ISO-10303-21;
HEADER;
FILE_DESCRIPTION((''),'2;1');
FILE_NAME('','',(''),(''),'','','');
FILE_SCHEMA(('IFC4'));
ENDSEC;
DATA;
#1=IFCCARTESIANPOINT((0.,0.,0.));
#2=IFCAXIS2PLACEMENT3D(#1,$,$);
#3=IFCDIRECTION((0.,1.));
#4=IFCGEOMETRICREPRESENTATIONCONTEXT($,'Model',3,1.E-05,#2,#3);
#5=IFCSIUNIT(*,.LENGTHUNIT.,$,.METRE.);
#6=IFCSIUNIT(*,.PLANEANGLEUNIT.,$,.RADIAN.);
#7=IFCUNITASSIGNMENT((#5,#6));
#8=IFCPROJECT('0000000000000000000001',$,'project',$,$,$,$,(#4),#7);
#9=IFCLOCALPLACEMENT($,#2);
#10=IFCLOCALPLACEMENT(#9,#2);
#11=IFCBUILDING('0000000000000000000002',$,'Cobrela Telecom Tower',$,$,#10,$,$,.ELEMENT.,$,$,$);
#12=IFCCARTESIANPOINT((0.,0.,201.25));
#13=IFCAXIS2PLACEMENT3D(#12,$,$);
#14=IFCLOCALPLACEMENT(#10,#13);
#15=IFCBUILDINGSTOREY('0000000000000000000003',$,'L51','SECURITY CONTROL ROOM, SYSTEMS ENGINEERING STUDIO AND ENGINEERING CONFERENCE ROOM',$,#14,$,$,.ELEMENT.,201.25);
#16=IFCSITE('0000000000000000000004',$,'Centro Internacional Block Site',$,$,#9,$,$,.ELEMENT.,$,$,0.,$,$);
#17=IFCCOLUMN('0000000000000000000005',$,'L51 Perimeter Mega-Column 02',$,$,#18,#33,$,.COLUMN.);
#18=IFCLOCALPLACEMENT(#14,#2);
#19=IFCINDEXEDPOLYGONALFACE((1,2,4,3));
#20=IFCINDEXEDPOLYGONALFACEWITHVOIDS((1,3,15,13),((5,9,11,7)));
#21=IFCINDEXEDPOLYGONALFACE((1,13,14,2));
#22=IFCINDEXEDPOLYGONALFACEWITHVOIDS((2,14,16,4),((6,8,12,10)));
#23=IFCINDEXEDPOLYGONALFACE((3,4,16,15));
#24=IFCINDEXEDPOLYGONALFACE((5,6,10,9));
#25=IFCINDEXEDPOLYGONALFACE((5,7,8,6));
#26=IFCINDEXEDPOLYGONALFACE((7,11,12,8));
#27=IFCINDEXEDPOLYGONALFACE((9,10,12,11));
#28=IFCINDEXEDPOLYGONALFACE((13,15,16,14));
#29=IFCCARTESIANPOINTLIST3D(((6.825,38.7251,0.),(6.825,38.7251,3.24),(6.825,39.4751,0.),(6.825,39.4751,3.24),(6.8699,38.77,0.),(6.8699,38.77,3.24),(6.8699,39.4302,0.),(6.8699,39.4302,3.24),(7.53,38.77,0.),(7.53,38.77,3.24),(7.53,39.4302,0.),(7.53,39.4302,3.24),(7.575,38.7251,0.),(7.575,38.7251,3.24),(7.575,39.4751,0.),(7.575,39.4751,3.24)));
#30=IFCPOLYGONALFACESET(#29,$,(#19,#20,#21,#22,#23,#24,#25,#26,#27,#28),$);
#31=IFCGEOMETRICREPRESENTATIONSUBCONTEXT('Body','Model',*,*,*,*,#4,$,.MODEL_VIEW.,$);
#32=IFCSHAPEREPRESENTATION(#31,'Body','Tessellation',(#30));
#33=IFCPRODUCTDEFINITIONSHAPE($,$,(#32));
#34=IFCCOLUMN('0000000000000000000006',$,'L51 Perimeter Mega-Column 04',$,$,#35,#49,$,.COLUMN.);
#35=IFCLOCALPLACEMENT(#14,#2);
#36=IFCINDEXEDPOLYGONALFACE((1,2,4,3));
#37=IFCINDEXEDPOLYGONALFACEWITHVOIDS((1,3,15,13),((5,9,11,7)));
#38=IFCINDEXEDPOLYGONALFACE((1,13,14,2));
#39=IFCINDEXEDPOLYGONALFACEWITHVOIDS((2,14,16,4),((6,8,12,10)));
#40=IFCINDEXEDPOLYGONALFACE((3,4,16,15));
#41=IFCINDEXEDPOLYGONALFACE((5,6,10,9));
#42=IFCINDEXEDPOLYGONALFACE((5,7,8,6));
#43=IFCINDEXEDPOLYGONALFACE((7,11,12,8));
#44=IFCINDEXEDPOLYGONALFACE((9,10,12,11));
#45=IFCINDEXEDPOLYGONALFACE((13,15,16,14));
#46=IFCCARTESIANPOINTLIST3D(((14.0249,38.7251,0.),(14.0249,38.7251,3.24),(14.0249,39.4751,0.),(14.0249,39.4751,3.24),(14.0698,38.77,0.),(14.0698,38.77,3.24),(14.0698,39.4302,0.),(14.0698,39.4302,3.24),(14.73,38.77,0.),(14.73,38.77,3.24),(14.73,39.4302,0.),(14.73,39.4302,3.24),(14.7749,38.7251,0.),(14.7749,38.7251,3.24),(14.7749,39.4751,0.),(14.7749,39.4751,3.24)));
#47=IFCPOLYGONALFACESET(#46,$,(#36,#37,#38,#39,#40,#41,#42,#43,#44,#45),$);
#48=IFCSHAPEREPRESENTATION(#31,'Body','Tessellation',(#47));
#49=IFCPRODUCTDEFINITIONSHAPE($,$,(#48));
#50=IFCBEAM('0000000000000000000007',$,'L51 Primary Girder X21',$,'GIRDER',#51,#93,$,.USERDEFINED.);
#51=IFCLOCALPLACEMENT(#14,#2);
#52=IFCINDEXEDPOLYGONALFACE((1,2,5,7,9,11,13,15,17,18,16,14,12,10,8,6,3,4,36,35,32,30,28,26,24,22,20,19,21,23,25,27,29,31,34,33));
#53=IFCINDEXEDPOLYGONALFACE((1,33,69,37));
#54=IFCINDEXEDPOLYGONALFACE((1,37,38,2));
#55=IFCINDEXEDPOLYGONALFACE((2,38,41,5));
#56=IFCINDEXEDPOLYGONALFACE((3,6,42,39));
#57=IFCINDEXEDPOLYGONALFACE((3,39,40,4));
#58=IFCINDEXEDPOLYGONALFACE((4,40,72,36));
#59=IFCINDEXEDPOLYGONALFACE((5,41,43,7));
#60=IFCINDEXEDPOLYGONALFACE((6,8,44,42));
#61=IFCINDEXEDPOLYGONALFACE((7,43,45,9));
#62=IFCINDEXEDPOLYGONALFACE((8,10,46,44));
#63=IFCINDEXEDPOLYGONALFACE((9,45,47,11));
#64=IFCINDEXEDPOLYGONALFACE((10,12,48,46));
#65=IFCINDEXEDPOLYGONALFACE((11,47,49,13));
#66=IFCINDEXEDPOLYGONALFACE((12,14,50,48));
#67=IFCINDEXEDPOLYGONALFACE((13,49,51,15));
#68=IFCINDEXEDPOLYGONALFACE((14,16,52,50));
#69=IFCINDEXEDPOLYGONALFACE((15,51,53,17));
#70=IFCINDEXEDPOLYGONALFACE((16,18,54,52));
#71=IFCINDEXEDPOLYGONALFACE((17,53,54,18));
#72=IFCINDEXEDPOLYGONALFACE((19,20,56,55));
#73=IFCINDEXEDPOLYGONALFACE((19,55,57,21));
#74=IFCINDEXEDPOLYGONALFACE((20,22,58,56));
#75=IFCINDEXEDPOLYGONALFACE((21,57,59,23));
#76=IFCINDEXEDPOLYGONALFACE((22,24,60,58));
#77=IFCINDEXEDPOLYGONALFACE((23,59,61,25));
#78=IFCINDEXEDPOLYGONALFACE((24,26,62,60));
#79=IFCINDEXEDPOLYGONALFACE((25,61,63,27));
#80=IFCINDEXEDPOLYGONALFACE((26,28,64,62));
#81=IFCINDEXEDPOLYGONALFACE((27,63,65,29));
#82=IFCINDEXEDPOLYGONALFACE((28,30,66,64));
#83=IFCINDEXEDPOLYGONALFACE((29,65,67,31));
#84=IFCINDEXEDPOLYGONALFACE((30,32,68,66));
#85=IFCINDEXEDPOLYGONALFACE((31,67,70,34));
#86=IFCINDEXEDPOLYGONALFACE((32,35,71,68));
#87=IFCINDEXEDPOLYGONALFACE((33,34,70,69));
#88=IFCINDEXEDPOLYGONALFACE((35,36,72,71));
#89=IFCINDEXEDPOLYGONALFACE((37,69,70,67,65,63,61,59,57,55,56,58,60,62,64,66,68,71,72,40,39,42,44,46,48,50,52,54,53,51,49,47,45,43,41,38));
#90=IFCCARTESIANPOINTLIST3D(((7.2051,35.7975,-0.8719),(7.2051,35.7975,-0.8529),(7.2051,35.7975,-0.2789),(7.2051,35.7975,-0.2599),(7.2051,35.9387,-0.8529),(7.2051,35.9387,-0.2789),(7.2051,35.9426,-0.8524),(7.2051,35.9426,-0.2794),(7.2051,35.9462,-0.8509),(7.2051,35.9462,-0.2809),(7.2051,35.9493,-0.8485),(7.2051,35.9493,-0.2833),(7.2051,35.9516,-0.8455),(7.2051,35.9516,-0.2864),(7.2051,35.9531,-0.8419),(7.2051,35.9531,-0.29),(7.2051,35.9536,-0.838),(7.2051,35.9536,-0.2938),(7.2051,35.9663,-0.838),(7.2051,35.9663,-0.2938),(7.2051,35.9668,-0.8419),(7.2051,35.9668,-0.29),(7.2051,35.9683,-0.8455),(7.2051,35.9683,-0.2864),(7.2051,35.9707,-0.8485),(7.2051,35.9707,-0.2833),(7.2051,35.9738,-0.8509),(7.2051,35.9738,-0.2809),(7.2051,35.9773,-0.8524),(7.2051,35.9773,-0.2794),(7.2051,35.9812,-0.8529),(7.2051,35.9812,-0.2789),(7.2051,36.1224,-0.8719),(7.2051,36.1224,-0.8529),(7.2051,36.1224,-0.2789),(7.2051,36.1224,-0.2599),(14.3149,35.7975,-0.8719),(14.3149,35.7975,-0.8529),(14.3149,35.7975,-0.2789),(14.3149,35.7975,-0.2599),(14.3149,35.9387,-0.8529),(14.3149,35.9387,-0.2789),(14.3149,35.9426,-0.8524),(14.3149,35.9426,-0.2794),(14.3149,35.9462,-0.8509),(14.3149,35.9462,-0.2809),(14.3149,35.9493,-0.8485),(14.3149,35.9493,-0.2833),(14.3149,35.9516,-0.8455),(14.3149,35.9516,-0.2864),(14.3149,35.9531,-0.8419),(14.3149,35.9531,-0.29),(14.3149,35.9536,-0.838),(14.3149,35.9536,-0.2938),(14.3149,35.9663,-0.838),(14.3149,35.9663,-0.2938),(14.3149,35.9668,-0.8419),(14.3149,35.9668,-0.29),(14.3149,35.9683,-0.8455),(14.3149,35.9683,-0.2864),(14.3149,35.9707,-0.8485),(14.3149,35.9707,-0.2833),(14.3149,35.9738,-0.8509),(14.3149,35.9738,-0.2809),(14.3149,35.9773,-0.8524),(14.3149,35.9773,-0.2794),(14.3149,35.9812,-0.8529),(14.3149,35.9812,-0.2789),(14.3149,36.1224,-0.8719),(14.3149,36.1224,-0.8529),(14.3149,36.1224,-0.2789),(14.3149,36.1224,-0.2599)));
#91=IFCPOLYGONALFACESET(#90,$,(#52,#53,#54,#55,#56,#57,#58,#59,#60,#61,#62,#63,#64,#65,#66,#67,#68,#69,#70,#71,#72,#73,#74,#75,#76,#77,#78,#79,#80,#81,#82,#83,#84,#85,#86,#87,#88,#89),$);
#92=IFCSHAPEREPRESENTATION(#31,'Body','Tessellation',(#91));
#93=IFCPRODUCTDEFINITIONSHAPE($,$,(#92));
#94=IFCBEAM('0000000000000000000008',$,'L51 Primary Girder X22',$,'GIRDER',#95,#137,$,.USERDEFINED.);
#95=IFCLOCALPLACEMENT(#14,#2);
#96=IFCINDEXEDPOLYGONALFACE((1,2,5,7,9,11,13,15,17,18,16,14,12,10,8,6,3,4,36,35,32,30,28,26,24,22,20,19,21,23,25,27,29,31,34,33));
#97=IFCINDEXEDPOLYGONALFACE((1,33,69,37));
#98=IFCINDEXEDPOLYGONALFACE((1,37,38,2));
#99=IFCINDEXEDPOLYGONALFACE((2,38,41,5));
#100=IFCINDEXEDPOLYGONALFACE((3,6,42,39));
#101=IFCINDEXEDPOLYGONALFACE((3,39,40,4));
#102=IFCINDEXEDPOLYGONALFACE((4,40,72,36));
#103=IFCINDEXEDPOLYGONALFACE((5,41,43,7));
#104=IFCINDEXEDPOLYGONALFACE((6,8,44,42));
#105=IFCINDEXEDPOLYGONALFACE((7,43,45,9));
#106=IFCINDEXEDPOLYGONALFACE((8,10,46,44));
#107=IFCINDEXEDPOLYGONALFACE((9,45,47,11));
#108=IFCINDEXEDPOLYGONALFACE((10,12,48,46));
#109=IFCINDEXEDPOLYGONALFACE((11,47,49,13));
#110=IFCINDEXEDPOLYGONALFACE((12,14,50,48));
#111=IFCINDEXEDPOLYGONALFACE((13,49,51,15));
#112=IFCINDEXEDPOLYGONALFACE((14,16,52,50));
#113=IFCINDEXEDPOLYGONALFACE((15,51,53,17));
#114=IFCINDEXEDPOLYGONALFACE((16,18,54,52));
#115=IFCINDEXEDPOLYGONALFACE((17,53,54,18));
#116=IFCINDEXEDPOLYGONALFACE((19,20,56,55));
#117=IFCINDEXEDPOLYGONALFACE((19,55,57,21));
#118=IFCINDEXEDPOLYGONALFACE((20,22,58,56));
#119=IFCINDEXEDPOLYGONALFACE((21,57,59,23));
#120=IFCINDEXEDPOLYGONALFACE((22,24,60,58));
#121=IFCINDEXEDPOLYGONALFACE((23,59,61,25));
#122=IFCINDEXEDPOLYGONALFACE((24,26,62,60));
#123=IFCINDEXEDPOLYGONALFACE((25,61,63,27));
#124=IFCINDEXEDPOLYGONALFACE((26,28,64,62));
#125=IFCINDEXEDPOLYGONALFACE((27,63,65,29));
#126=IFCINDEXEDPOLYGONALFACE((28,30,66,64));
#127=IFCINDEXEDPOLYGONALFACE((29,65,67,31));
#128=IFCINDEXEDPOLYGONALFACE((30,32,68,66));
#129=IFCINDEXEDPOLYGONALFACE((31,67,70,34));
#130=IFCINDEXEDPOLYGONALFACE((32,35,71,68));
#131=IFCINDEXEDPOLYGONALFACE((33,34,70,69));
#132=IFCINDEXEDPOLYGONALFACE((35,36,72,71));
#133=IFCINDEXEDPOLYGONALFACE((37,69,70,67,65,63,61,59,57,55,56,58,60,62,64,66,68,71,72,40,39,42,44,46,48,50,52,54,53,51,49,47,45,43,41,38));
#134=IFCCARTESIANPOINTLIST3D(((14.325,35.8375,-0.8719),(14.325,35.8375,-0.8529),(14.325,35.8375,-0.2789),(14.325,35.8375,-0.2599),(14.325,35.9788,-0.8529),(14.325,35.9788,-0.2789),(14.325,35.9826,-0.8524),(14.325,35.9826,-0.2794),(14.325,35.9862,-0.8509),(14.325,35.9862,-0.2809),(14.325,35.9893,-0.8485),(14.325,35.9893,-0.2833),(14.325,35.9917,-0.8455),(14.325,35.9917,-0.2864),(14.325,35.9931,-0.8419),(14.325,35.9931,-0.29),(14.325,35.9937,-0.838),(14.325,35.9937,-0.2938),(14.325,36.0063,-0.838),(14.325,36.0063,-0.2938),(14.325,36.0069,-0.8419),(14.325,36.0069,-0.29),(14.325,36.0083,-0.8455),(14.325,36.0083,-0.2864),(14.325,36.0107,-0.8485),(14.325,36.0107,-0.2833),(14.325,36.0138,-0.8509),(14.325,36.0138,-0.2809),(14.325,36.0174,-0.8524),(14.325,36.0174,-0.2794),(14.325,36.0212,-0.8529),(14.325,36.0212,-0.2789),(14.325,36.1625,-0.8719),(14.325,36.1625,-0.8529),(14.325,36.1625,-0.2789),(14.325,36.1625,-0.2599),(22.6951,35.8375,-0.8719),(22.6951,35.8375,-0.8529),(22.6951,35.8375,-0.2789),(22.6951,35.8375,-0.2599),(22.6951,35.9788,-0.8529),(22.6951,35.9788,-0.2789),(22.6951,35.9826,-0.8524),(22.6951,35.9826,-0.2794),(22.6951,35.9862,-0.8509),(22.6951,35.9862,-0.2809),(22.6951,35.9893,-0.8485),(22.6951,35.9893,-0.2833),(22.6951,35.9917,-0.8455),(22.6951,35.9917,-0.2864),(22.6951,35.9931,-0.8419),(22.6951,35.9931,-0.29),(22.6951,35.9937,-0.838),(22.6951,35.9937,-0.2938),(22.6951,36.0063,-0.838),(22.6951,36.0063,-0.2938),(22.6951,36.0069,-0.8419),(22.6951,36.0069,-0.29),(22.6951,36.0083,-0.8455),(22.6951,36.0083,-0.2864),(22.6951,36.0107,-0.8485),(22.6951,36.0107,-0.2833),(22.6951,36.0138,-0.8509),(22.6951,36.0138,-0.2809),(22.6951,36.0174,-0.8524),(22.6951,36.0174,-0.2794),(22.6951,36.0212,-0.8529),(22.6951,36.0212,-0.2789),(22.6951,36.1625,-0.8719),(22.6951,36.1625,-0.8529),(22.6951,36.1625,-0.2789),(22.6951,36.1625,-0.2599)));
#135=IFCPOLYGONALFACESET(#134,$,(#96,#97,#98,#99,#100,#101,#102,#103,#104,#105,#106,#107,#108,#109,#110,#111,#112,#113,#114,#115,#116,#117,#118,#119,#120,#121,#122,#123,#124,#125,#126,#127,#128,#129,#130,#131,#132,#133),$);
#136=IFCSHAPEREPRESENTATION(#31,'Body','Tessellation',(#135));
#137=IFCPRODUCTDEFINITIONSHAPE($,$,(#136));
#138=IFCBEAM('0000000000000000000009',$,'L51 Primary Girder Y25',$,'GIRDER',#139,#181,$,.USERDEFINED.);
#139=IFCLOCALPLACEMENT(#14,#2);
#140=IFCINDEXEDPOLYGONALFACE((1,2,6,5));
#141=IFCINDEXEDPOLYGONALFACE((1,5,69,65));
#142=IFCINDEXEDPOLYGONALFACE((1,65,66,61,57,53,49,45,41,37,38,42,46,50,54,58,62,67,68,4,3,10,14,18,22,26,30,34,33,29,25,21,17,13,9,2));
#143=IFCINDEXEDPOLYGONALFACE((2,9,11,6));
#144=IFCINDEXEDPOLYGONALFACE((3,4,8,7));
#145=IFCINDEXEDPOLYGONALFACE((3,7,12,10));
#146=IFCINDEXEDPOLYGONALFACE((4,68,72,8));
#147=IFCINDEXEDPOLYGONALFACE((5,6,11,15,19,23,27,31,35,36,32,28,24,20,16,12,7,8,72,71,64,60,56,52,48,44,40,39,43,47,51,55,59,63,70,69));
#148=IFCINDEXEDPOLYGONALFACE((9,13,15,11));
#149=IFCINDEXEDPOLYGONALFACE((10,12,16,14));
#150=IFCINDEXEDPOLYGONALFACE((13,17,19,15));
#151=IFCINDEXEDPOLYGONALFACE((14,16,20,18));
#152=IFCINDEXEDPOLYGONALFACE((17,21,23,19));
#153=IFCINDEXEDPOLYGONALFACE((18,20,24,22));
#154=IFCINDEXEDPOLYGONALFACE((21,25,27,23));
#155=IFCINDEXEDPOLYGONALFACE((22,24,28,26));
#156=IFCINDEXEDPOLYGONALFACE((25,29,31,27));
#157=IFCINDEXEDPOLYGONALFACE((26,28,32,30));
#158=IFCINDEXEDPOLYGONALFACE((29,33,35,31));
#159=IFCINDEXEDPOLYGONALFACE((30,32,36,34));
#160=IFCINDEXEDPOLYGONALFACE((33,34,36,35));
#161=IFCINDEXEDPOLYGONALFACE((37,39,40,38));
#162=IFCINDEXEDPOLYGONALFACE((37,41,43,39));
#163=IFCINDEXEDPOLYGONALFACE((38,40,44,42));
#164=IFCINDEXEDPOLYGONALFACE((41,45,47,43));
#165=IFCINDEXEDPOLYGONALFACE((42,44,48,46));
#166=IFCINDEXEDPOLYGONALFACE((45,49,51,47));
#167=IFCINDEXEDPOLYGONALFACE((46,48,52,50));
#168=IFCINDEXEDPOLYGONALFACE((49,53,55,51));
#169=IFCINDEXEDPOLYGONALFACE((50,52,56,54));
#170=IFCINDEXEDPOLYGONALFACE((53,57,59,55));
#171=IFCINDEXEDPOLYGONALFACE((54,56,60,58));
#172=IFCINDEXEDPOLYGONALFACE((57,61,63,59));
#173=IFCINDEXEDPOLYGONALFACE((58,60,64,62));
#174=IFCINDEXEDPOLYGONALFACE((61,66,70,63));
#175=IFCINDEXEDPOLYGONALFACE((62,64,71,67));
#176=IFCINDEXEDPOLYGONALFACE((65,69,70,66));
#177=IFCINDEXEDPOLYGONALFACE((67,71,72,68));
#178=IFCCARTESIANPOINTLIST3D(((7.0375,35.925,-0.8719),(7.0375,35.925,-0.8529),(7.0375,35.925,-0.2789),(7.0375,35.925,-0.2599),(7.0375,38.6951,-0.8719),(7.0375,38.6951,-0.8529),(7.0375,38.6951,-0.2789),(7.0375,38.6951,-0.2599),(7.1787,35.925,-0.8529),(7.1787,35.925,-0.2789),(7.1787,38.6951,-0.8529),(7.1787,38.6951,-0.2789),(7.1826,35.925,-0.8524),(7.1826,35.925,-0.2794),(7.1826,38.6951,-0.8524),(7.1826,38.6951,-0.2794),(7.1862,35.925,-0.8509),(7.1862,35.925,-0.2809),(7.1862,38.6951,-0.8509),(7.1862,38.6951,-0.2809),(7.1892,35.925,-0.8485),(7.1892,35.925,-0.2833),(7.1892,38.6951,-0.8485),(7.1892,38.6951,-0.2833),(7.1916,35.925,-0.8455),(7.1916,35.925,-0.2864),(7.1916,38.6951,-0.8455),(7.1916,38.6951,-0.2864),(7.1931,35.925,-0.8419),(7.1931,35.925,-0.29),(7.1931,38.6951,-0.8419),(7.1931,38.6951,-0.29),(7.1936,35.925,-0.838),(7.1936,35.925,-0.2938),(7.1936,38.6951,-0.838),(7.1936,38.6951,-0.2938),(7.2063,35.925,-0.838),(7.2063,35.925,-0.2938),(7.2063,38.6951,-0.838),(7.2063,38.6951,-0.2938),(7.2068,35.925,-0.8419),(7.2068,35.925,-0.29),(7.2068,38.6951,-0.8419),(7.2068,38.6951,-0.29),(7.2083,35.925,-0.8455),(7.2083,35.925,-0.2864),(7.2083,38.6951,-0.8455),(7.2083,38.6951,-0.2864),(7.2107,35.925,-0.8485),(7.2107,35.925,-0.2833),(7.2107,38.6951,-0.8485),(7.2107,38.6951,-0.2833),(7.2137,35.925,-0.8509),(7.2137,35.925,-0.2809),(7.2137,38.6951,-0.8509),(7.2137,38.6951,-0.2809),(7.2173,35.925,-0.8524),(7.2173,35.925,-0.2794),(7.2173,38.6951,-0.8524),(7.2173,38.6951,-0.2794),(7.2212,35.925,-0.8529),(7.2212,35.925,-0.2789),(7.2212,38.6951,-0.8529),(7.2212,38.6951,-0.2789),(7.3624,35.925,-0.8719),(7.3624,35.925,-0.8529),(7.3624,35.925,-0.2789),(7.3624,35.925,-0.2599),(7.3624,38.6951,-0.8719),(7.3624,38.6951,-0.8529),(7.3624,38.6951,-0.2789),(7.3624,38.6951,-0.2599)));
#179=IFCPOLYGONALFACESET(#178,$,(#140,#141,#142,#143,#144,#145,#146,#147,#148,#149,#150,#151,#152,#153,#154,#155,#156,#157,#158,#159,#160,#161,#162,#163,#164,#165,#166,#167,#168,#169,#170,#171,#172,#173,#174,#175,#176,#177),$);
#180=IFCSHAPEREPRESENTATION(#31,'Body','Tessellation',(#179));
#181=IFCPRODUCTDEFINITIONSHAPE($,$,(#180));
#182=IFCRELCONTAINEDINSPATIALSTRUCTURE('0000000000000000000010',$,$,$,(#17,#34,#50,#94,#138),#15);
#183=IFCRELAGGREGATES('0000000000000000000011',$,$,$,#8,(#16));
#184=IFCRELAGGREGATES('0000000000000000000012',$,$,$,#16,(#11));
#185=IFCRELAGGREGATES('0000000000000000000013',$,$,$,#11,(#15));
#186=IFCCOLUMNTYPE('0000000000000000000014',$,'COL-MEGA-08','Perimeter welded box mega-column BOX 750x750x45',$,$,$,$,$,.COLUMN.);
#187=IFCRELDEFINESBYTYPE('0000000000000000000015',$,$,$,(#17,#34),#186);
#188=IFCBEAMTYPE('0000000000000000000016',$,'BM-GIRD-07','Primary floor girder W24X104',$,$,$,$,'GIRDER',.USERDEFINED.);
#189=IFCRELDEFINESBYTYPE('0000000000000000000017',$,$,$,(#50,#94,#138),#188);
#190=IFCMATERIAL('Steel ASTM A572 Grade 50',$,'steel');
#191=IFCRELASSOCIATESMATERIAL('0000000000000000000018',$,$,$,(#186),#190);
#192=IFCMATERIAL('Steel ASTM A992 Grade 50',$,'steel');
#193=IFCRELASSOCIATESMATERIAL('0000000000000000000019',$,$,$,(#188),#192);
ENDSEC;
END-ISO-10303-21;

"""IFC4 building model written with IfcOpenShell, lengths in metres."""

from ifc_helpers import new_model, si_unit, direction, frame, origin, origin_2d, place, context, subcontext, project, spatial, hollow_rectangle, i_section, extrude, material, material_profile, profile_set, type_object, element, save


model = new_model("IFC4")

# Units and contexts
model_context = context("Model", 3, precision=1e-05, world=origin(), true_north=direction((0.0, 1.0)))
body_context = subcontext(model_context, "Body", "Model", "MODEL_VIEW")
ifc_project = project(units=[si_unit("LENGTHUNIT", "METRE"), si_unit("PLANEANGLEUNIT", "RADIAN")], contexts=[model_context])

# Site, building, storey
site_placement = place(None, origin())
site = spatial("IfcSite", under=ifc_project, at=site_placement, Name="Centro Internacional Block Site", CompositionType="ELEMENT", RefElevation=0.0)
building_placement = place(site_placement, origin())
building = spatial("IfcBuilding", under=site, at=building_placement, Name="Cobrela Telecom Tower", CompositionType="ELEMENT")
storey_placement = place(building_placement, frame((0.0, 0.0, 201.25)))
storey = spatial("IfcBuildingStorey", under=building, at=storey_placement, Name="L51", Description="SECURITY CONTROL ROOM, SYSTEMS ENGINEERING STUDIO AND ENGINEERING CONFERENCE ROOM", CompositionType="ELEMENT", Elevation=201.25)

# Columns
ifc_material_1 = material(Name="Steel ASTM A572 Grade 50", Category="steel")
ifc_material_profile_1 = material_profile(ifc_material_1, hollow_rectangle(XDim=0.75, YDim=0.75, WallThickness=0.0449, at=origin_2d()), Name="BOX 750x750x45")
ifc_profile_set_1 = profile_set([ifc_material_profile_1], Name="Steel ASTM A572 Grade 50")
column_type = type_object("IfcColumnType", Name="COL-MEGA-08", Description="Perimeter welded box mega-column BOX 750x750x45", PredefinedType="COLUMN", material=ifc_profile_set_1)
for number, where, z_axis, x_axis, name in (
    (1, (7.2, 39.1001, 0.0), (0.0, 0.0, 1.0), (1.0, 0.0, 0.0), "L51 Perimeter Mega-Column 02"),
    (2, (14.3999, 39.1001, 0.0), (0.0, 0.0, 1.0), (1.0, 0.0, 0.0), "L51 Perimeter Mega-Column 04"),
):
    element("IfcColumn", number, at=place(storey_placement, frame(where, z_axis=z_axis, x_axis=x_axis)), inside=storey, type_object=column_type, Name=name, PredefinedType="COLUMN", context=body_context, shape_type="SweptSolid", body=[
        extrude(hollow_rectangle(XDim=0.75, YDim=0.75, WallThickness=0.0449, at=origin_2d()), origin(), (0.0, 0.0, 1.0), 3.24),
    ])

# Beams
ifc_material_2 = material(Name="Steel ASTM A992 Grade 50", Category="steel")
ifc_material_profile_2 = material_profile(ifc_material_2, i_section(OverallWidth=0.325, OverallDepth=0.6121, WebThickness=0.0127, FlangeThickness=0.019, FilletRadius=0.0149, at=origin_2d()), Name="W24X104")
ifc_profile_set_2 = profile_set([ifc_material_profile_2], Name="Steel ASTM A992 Grade 50")
beam_type_1 = type_object("IfcBeamType", Name="BM-GIRD-07", Description="Primary floor girder W24X104", ElementType="GIRDER", PredefinedType="USERDEFINED", material=ifc_profile_set_2)
beam_1_placement = place(storey_placement, frame((7.2051, 35.96, -0.5659), z_axis=(1.0, 0.0, 0.0), x_axis=(0.0, 1.0, 0.0)))
element("IfcBeam", 3, at=beam_1_placement, inside=storey, type_object=beam_type_1, Name="L51 Primary Girder X21", ObjectType="GIRDER", PredefinedType="USERDEFINED", context=body_context, shape_type="SweptSolid", body=[
    extrude(i_section(OverallWidth=0.325, OverallDepth=0.6121, WebThickness=0.0127, FlangeThickness=0.019, FilletRadius=0.0149, at=origin_2d()), origin(), (0.0, 0.0, 1.0), 7.1099),
])
beam_2_placement = place(storey_placement, frame((14.325, 36.0, -0.5659), z_axis=(1.0, 0.0, 0.0), x_axis=(0.0, 1.0, 0.0)))
element("IfcBeam", 4, at=beam_2_placement, inside=storey, type_object=beam_type_1, Name="L51 Primary Girder X22", ObjectType="GIRDER", PredefinedType="USERDEFINED", context=body_context, shape_type="SweptSolid", body=[
    extrude(i_section(OverallWidth=0.325, OverallDepth=0.6121, WebThickness=0.0127, FlangeThickness=0.019, FilletRadius=0.0149, at=origin_2d()), origin(), (0.0, 0.0, 1.0), 8.3701),
])
for number, where, z_axis, x_axis, name in (
    (5, (7.2, 35.925, -0.5659), (0.0, 1.0, 0.0), (-1.0, 0.0, 0.0), "L51 Primary Girder Y25"),
):
    element("IfcBeam", number, at=place(storey_placement, frame(where, z_axis=z_axis, x_axis=x_axis)), inside=storey, type_object=beam_type_1, Name=name, ObjectType="GIRDER", PredefinedType="USERDEFINED", context=body_context, shape_type="SweptSolid", body=[
        extrude(i_section(OverallWidth=0.325, OverallDepth=0.6121, WebThickness=0.0127, FlangeThickness=0.019, FilletRadius=0.0149, at=origin_2d()), origin(), (0.0, 0.0, 1.0), 2.77),
    ])

save(model, "model.ifc")
